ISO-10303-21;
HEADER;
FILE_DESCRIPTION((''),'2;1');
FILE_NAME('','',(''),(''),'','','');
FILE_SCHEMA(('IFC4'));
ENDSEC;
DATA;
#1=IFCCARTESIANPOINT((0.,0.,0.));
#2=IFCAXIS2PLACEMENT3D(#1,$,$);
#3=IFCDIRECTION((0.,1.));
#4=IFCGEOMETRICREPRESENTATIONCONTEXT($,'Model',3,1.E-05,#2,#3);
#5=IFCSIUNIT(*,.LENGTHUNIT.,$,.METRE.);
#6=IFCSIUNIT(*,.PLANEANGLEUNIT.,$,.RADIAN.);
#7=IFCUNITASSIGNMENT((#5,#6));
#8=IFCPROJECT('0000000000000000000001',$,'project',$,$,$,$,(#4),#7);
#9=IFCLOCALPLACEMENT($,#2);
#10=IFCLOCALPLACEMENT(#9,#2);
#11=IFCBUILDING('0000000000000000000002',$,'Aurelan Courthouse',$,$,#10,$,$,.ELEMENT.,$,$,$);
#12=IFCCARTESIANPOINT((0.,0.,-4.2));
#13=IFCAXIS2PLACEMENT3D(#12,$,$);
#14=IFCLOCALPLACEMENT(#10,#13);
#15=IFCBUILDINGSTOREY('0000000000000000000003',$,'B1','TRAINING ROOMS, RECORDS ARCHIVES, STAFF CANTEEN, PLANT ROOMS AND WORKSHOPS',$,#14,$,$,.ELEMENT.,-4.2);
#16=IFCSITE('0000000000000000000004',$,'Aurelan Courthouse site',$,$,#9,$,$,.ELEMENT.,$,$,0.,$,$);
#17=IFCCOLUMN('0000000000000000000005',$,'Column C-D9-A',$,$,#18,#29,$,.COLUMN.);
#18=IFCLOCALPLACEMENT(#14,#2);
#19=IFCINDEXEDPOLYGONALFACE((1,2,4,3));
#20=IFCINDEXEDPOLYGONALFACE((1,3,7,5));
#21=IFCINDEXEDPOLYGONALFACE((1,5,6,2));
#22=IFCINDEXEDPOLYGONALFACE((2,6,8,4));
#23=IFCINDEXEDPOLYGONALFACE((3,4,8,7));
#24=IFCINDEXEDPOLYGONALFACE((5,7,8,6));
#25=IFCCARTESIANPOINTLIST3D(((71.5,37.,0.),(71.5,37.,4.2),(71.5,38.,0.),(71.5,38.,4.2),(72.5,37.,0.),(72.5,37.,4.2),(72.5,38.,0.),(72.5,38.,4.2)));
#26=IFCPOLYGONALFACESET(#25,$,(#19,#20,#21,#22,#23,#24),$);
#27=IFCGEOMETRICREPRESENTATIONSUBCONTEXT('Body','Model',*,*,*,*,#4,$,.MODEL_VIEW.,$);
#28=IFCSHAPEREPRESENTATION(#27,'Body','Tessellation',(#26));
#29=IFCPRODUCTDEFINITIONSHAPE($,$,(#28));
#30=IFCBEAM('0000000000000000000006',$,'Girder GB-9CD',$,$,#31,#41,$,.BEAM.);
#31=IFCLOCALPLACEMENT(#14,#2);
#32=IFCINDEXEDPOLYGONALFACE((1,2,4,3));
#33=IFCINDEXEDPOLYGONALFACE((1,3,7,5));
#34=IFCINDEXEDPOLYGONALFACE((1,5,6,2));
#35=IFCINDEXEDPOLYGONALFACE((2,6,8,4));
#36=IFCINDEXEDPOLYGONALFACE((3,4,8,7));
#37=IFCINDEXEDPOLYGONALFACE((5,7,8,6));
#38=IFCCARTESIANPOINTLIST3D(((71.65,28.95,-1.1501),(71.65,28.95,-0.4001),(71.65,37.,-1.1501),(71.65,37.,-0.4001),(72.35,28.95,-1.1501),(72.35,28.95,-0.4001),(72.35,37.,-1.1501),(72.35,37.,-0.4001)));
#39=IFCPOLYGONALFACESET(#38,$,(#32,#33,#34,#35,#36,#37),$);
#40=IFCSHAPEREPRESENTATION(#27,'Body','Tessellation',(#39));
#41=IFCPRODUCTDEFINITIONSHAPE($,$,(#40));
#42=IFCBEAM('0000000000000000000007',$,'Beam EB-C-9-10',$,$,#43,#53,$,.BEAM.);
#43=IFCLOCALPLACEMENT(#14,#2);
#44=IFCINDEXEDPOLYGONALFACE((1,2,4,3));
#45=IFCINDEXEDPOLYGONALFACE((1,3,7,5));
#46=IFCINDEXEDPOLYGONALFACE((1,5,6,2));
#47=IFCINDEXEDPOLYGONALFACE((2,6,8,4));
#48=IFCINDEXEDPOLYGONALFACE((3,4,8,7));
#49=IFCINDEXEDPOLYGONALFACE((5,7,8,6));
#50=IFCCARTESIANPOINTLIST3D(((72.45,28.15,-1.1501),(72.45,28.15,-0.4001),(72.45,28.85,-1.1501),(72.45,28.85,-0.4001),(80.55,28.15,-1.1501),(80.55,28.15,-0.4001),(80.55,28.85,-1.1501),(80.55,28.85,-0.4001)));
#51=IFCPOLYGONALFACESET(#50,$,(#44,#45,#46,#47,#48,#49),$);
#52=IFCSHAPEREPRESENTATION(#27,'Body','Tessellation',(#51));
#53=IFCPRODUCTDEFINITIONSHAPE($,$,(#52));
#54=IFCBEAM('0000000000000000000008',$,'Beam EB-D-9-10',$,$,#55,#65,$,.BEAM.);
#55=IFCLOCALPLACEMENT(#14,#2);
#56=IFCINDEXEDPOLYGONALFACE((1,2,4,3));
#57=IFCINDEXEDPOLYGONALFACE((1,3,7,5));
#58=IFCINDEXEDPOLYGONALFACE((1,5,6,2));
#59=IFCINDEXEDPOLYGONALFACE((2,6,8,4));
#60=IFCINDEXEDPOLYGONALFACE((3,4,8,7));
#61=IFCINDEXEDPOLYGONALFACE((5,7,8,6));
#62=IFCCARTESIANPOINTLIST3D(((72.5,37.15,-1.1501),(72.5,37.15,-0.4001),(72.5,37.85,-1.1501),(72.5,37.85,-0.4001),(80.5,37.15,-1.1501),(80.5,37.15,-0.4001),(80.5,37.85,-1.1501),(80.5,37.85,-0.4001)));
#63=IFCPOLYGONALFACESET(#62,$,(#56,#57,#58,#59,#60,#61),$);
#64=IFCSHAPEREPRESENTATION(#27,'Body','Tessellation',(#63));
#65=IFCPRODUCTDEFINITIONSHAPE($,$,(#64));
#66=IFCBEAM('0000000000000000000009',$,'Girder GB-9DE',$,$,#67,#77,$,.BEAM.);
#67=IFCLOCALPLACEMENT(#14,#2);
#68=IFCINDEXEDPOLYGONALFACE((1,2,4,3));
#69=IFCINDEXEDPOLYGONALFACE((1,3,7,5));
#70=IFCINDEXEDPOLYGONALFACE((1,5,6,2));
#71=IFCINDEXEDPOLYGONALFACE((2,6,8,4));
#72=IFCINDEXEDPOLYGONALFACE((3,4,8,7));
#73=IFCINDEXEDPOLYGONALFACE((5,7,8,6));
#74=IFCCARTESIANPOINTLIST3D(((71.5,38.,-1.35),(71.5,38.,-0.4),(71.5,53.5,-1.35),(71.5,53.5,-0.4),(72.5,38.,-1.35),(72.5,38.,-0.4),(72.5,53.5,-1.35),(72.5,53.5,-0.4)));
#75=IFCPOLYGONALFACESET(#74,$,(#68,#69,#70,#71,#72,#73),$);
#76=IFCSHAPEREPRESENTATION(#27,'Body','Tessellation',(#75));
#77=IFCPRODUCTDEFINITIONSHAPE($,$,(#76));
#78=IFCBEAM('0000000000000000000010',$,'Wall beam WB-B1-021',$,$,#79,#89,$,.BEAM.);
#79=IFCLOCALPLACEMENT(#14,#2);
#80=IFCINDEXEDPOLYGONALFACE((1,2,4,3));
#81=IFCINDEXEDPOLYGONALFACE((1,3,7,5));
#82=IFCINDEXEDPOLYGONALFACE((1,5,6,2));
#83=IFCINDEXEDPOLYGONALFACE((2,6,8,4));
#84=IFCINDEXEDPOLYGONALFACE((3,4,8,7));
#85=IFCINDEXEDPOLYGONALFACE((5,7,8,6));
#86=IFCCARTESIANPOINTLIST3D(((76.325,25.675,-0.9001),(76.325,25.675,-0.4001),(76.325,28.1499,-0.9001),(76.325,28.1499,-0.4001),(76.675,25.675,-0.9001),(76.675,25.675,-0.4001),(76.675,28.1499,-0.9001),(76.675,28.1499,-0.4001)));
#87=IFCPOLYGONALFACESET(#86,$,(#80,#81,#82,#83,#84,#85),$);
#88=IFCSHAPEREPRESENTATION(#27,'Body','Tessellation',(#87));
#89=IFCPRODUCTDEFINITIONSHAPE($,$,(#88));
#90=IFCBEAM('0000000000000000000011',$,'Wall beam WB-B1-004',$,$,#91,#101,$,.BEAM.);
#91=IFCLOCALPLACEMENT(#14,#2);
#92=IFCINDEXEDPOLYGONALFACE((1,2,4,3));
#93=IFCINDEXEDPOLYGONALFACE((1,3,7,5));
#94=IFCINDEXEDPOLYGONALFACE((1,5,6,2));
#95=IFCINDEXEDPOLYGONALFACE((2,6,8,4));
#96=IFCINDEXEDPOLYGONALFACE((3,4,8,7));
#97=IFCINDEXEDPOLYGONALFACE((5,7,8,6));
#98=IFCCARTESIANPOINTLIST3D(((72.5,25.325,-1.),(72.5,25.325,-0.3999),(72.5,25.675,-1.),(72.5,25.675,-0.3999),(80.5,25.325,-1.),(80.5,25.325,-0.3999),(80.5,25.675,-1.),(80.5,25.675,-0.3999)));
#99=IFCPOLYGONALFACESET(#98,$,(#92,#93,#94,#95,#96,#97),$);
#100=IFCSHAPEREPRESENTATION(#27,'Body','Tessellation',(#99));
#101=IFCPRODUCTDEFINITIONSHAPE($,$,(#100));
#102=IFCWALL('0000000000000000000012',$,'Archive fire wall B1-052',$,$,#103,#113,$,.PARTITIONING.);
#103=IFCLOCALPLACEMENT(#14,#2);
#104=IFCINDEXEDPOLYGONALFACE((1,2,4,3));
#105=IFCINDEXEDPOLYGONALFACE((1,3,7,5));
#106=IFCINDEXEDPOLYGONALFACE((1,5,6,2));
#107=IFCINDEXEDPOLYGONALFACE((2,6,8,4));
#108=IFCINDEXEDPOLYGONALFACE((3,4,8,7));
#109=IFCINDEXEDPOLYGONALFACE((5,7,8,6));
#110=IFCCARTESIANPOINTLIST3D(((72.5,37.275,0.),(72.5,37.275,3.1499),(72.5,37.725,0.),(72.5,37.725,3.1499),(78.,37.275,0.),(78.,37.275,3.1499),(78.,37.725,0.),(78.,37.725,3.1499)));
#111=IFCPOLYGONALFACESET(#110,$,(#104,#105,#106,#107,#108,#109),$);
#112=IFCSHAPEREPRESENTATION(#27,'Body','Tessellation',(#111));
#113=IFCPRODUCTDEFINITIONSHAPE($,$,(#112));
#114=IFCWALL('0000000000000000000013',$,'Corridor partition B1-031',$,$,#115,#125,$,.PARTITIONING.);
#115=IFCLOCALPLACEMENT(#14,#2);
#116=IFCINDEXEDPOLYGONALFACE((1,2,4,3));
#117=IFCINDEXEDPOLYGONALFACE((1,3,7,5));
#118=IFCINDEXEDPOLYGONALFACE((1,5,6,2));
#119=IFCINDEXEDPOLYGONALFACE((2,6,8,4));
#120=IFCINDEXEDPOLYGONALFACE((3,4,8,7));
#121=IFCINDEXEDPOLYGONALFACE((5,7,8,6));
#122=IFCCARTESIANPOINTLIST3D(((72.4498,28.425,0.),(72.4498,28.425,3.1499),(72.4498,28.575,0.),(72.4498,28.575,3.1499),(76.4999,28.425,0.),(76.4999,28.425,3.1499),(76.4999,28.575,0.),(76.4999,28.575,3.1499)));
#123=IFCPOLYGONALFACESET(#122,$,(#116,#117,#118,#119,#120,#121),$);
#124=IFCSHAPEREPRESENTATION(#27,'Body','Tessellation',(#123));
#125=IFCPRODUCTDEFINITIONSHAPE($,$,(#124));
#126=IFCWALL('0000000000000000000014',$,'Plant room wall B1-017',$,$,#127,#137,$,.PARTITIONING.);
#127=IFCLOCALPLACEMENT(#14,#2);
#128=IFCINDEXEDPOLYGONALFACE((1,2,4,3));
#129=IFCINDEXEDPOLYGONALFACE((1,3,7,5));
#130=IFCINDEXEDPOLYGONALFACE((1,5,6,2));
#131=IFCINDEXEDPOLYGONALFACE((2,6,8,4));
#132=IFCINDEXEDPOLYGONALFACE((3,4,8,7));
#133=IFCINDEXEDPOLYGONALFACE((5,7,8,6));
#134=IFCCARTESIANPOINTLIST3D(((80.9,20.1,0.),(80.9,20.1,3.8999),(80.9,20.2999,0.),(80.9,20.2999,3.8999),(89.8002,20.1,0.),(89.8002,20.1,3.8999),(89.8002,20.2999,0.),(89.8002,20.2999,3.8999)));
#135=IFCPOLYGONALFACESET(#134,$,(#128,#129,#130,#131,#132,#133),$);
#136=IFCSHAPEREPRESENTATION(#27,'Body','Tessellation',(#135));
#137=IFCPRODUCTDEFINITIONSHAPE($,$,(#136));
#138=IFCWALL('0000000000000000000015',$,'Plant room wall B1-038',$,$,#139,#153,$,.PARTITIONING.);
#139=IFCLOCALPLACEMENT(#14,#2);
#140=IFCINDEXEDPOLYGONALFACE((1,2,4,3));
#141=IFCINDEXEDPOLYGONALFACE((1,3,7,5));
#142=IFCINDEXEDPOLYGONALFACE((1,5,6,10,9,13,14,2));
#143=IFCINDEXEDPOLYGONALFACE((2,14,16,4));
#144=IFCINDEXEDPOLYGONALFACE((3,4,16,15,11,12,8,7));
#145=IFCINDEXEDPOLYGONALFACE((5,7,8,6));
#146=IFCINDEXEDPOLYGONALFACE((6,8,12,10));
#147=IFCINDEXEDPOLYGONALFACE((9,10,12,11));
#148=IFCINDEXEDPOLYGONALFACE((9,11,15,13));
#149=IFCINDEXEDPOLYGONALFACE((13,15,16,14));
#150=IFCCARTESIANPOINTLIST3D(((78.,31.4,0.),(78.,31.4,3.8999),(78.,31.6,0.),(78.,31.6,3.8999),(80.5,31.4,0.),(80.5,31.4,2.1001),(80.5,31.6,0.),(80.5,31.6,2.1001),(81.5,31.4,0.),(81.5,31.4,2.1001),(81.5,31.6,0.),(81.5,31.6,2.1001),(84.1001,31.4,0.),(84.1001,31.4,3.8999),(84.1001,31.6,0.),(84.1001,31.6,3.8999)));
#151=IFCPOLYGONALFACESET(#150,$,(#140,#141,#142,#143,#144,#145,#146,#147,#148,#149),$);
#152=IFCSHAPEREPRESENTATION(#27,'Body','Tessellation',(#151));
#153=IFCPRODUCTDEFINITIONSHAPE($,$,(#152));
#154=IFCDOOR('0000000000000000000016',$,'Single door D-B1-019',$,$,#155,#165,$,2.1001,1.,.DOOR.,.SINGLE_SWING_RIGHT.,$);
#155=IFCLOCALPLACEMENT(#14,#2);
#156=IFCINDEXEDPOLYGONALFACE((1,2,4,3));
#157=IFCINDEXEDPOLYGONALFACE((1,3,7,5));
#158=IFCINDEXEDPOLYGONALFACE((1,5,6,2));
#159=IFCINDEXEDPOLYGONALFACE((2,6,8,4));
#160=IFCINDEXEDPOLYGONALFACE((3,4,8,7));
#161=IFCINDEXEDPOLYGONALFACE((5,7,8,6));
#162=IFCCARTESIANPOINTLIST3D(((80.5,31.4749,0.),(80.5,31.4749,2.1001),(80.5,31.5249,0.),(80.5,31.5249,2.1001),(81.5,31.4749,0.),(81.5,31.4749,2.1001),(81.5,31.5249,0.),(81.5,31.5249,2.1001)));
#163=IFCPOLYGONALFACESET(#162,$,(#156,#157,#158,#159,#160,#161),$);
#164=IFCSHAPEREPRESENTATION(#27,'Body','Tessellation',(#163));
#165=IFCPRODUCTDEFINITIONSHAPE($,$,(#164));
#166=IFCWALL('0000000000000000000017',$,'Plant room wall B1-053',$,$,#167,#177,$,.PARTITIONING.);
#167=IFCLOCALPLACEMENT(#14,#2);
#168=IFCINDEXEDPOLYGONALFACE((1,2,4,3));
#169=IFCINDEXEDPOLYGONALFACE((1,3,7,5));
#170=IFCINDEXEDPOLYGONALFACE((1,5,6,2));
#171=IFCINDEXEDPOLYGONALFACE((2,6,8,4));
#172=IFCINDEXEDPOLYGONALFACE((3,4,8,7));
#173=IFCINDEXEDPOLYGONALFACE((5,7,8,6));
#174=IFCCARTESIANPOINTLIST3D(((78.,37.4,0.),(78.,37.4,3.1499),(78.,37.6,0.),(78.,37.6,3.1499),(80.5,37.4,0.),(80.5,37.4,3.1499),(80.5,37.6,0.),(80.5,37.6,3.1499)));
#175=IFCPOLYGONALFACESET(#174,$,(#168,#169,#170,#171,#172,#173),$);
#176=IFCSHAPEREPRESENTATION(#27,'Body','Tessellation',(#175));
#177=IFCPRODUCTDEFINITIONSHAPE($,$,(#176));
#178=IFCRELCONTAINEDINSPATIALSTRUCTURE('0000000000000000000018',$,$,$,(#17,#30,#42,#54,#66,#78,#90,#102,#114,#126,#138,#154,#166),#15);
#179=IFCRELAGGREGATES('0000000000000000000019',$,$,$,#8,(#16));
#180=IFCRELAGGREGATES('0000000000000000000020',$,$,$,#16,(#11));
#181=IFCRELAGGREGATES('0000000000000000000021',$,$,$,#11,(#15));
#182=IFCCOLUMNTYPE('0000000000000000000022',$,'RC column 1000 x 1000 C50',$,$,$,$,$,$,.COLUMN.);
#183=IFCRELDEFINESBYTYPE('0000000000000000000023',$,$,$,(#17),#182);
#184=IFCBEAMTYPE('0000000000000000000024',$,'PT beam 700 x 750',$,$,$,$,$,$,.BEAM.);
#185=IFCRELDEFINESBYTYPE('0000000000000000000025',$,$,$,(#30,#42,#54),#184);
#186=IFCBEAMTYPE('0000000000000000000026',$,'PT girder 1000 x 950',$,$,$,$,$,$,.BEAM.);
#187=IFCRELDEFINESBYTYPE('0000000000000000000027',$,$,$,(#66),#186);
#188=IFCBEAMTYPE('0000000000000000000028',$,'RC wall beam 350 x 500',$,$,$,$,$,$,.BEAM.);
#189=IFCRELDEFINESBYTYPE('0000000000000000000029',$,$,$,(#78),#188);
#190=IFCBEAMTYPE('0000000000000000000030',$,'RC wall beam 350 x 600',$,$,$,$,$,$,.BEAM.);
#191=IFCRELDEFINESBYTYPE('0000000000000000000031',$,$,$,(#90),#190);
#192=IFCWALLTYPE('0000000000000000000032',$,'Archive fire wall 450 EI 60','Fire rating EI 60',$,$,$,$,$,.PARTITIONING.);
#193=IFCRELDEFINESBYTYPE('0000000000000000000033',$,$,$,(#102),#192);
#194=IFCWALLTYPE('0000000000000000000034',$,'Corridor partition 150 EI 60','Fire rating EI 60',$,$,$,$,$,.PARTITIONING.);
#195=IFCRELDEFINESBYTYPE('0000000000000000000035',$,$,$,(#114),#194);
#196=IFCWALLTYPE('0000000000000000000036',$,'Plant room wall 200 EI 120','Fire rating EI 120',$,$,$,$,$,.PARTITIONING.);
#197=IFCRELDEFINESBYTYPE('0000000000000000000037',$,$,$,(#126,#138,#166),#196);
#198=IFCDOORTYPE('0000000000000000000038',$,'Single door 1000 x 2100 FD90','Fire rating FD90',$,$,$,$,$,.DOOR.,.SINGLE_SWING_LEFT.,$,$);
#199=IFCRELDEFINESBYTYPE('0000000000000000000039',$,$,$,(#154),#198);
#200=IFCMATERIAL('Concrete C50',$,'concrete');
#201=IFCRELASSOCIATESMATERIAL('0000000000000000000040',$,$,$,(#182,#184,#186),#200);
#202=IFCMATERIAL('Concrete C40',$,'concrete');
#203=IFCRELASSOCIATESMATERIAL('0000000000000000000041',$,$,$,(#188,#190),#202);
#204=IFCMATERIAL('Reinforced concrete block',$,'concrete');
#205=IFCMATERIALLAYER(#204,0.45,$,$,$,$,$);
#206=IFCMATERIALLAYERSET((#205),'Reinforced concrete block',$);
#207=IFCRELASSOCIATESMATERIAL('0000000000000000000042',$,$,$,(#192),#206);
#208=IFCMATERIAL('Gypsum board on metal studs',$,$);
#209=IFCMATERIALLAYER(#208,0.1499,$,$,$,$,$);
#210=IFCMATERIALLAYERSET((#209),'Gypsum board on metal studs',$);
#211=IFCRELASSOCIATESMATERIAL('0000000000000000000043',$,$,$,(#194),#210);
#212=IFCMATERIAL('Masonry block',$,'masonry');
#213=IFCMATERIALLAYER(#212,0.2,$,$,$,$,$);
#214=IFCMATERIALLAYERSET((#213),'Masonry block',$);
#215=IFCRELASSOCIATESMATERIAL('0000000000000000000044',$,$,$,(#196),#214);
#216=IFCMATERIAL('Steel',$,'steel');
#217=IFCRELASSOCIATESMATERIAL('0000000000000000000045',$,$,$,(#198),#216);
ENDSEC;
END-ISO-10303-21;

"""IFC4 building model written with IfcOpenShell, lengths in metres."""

from ifc_helpers import new_model, si_unit, direction, frame, frame_2d, origin, origin_2d, place, context, subcontext, project, spatial, rectangle, extrude, material, layer, layer_set, material_profile, profile_set, type_object, element, fill, save


model = new_model("IFC4")

# Units and contexts
model_context = context("Model", 3, precision=1e-05, world=origin(), true_north=direction((0.0, 1.0)))
body_context = subcontext(model_context, "Body", "Model", "MODEL_VIEW")
ifc_project = project(units=[si_unit("LENGTHUNIT", "METRE"), si_unit("PLANEANGLEUNIT", "RADIAN")], contexts=[model_context])

# Site, building, storey
site_placement = place(None, origin())
site = spatial("IfcSite", under=ifc_project, at=site_placement, Name="Aurelan Courthouse site", CompositionType="ELEMENT", RefElevation=0.0)
building_placement = place(site_placement, origin())
building = spatial("IfcBuilding", under=site, at=building_placement, Name="Aurelan Courthouse", CompositionType="ELEMENT")
storey_placement = place(building_placement, frame((0.0, 0.0, -4.2)))
storey = spatial("IfcBuildingStorey", under=building, at=storey_placement, Name="B1", Description="TRAINING ROOMS, RECORDS ARCHIVES, STAFF CANTEEN, PLANT ROOMS AND WORKSHOPS", CompositionType="ELEMENT", Elevation=-4.2)

# Column
ifc_material_1 = material(Name="Concrete C50", Category="concrete")
ifc_material_profile_1 = material_profile(ifc_material_1, rectangle(XDim=1.0, YDim=1.0, at=origin_2d()), Name="RC 1000 x 1000")
ifc_profile_set_1 = profile_set([ifc_material_profile_1], Name="Concrete C50")
column_type = type_object("IfcColumnType", Name="RC column 1000 x 1000 C50", PredefinedType="COLUMN", material=ifc_profile_set_1)
column_placement = place(storey_placement, frame((72.0, 37.5, 0.0), z_axis=(0.0, 0.0, 1.0), x_axis=(1.0, 0.0, 0.0)))
element("IfcColumn", 1, at=column_placement, inside=storey, type_object=column_type, Name="Column C-D9-A", PredefinedType="COLUMN", context=body_context, shape_type="SweptSolid", body=[
    extrude(rectangle(XDim=1.0, YDim=1.0, at=origin_2d()), origin(), (0.0, 0.0, 1.0), 4.2),
])

# Beams
ifc_material_profile_2 = material_profile(ifc_material_1, rectangle(XDim=0.7, YDim=0.75, at=origin_2d()), Name="RC 700 x 750")
ifc_profile_set_2 = profile_set([ifc_material_profile_2], Name="Concrete C50")
beam_type_1 = type_object("IfcBeamType", Name="PT beam 700 x 750", PredefinedType="BEAM", material=ifc_profile_set_2)
beam_1_placement = place(storey_placement, frame((72.0, 28.95, -0.7751), z_axis=(0.0, 1.0, 0.0), x_axis=(-1.0, 0.0, 0.0)))
element("IfcBeam", 2, at=beam_1_placement, inside=storey, type_object=beam_type_1, Name="Girder GB-9CD", PredefinedType="BEAM", context=body_context, shape_type="SweptSolid", body=[
    extrude(rectangle(XDim=0.7, YDim=0.75, at=origin_2d()), origin(), (0.0, 0.0, 1.0), 8.05),
])
beam_2_placement = place(storey_placement, frame((72.45, 28.5, -0.7751), z_axis=(1.0, 0.0, 0.0), x_axis=(0.0, 1.0, 0.0)))
element("IfcBeam", 3, at=beam_2_placement, inside=storey, type_object=beam_type_1, Name="Beam EB-C-9-10", PredefinedType="BEAM", context=body_context, shape_type="SweptSolid", body=[
    extrude(rectangle(XDim=0.7, YDim=0.75, at=origin_2d()), origin(), (0.0, 0.0, 1.0), 8.1001),
])
beam_3_placement = place(storey_placement, frame((72.5, 37.5, -0.7751), z_axis=(1.0, 0.0, 0.0), x_axis=(0.0, 1.0, 0.0)))
element("IfcBeam", 4, at=beam_3_placement, inside=storey, type_object=beam_type_1, Name="Beam EB-D-9-10", PredefinedType="BEAM", context=body_context, shape_type="SweptSolid", body=[
    extrude(rectangle(XDim=0.7, YDim=0.75, at=origin_2d()), origin(), (0.0, 0.0, 1.0), 8.0),
])
ifc_material_profile_3 = material_profile(ifc_material_1, rectangle(XDim=1.0, YDim=0.95, at=origin_2d()), Name="RC 1000 x 950")
ifc_profile_set_3 = profile_set([ifc_material_profile_3], Name="Concrete C50")
beam_type_2 = type_object("IfcBeamType", Name="PT girder 1000 x 950", PredefinedType="BEAM", material=ifc_profile_set_3)
beam_4_placement = place(storey_placement, frame((72.0, 38.0, -0.875), z_axis=(0.0, 1.0, 0.0), x_axis=(-1.0, 0.0, 0.0)))
element("IfcBeam", 5, at=beam_4_placement, inside=storey, type_object=beam_type_2, Name="Girder GB-9DE", PredefinedType="BEAM", context=body_context, shape_type="SweptSolid", body=[
    extrude(rectangle(XDim=1.0, YDim=0.95, at=origin_2d()), origin(), (0.0, 0.0, 1.0), 15.5),
])
ifc_material_2 = material(Name="Concrete C40", Category="concrete")
ifc_material_profile_4 = material_profile(ifc_material_2, rectangle(XDim=0.3501, YDim=0.5, at=origin_2d()), Name="RC 350 x 500")
ifc_profile_set_4 = profile_set([ifc_material_profile_4], Name="Concrete C40")
beam_type_3 = type_object("IfcBeamType", Name="RC wall beam 350 x 500", PredefinedType="BEAM", material=ifc_profile_set_4)
beam_5_placement = place(storey_placement, frame((76.5, 25.675, -0.6501), z_axis=(0.0, 1.0, 0.0), x_axis=(-1.0, 0.0, 0.0)))
element("IfcBeam", 6, at=beam_5_placement, inside=storey, type_object=beam_type_3, Name="Wall beam WB-B1-021", PredefinedType="BEAM", context=body_context, shape_type="SweptSolid", body=[
    extrude(rectangle(XDim=0.3501, YDim=0.5, at=origin_2d()), origin(), (0.0, 0.0, 1.0), 2.4749),
])
ifc_material_profile_5 = material_profile(ifc_material_2, rectangle(XDim=0.3501, YDim=0.6001, at=origin_2d()), Name="RC 350 x 600")
ifc_profile_set_5 = profile_set([ifc_material_profile_5], Name="Concrete C40")
beam_type_4 = type_object("IfcBeamType", Name="RC wall beam 350 x 600", PredefinedType="BEAM", material=ifc_profile_set_5)
beam_6_placement = place(storey_placement, frame((72.5, 25.5, -0.7), z_axis=(1.0, 0.0, 0.0), x_axis=(0.0, 1.0, 0.0)))
element("IfcBeam", 7, at=beam_6_placement, inside=storey, type_object=beam_type_4, Name="Wall beam WB-B1-004", PredefinedType="BEAM", context=body_context, shape_type="SweptSolid", body=[
    extrude(rectangle(XDim=0.3501, YDim=0.6001, at=origin_2d()), origin(), (0.0, 0.0, 1.0), 8.0),
])

# Walls
ifc_material_3 = material(Name="Reinforced concrete block", Category="concrete")
ifc_layer_1 = layer(ifc_material_3, 0.45)
ifc_layer_set_1 = layer_set([ifc_layer_1], Name="Reinforced concrete block")
wall_type_1 = type_object("IfcWallType", Name="Archive fire wall 450 EI 60", Description="Fire rating EI 60", PredefinedType="PARTITIONING", material=ifc_layer_set_1)
wall_1_placement = place(storey_placement, frame((72.5, 37.5, 0.0), z_axis=(0.0, 0.0, 1.0), x_axis=(1.0, 0.0, 0.0)))
element("IfcWall", 8, at=wall_1_placement, inside=storey, type_object=wall_type_1, Name="Archive fire wall B1-052", PredefinedType="PARTITIONING", context=body_context, shape_type="SweptSolid", body=[
    extrude(rectangle(XDim=5.5, YDim=0.45, at=frame_2d((2.75, 0.0))), origin(), (0.0, 0.0, 1.0), 3.1499),
])
ifc_material_4 = material(Name="Gypsum board on metal studs")
ifc_layer_2 = layer(ifc_material_4, 0.1499)
ifc_layer_set_2 = layer_set([ifc_layer_2], Name="Gypsum board on metal studs")
wall_type_2 = type_object("IfcWallType", Name="Corridor partition 150 EI 60", Description="Fire rating EI 60", PredefinedType="PARTITIONING", material=ifc_layer_set_2)
wall_2_placement = place(storey_placement, frame((72.45, 28.5, 0.0), z_axis=(0.0, 0.0, 1.0), x_axis=(1.0, 0.0, 0.0)))
element("IfcWall", 9, at=wall_2_placement, inside=storey, type_object=wall_type_2, Name="Corridor partition B1-031", PredefinedType="PARTITIONING", context=body_context, shape_type="SweptSolid", body=[
    extrude(rectangle(XDim=4.05, YDim=0.1499, at=frame_2d((2.0249, 0.0))), origin(), (0.0, 0.0, 1.0), 3.1499),
])
ifc_material_5 = material(Name="Masonry block", Category="masonry")
ifc_layer_3 = layer(ifc_material_5, 0.2)
ifc_layer_set_3 = layer_set([ifc_layer_3], Name="Masonry block")
wall_type_3 = type_object("IfcWallType", Name="Plant room wall 200 EI 120", Description="Fire rating EI 120", PredefinedType="PARTITIONING", material=ifc_layer_set_3)
wall_3_placement = place(storey_placement, frame((80.8999, 20.2, 0.0), z_axis=(0.0, 0.0, 1.0), x_axis=(1.0, 0.0, 0.0)))
element("IfcWall", 10, at=wall_3_placement, inside=storey, type_object=wall_type_3, Name="Plant room wall B1-017", PredefinedType="PARTITIONING", context=body_context, shape_type="SweptSolid", body=[
    extrude(rectangle(XDim=8.9001, YDim=0.2, at=frame_2d((4.4502, 0.0))), origin(), (0.0, 0.0, 1.0), 3.8999),
])

# Wall, opening, door
wall_4_placement = place(storey_placement, frame((78.0, 31.5, 0.0), z_axis=(0.0, 0.0, 1.0), x_axis=(1.0, 0.0, 0.0)))
wall_4 = element("IfcWall", 11, at=wall_4_placement, inside=storey, type_object=wall_type_3, Name="Plant room wall B1-038", PredefinedType="PARTITIONING", context=body_context, shape_type="SweptSolid", body=[
    extrude(rectangle(XDim=6.1001, YDim=0.2, at=frame_2d((3.05, 0.0))), origin(), (0.0, 0.0, 1.0), 3.8999),
])
opening_1_placement = place(wall_4_placement, frame((2.5, 0.0, 0.0)))
opening_1 = element("IfcOpeningElement", 12, at=opening_1_placement, cuts=wall_4, PredefinedType="OPENING", context=body_context, shape_type="SweptSolid", body=[
    extrude(rectangle(XDim=1.0, YDim=2.1001, at=frame_2d((0.5, 1.05))), frame((0.0, 0.1099, 0.0), z_axis=(0.0, -1.0, 0.0), x_axis=(1.0, 0.0, 0.0)), (0.0, 0.0, 1.0), 0.22),
])
ifc_material_6 = material(Name="Steel", Category="steel")
door_type_1 = type_object("IfcDoorType", Name="Single door 1000 x 2100 FD90", Description="Fire rating FD90", OperationType="SINGLE_SWING_LEFT", PredefinedType="DOOR", material=ifc_material_6)
door_1_placement = place(opening_1_placement, origin())
door_1 = element("IfcDoor", 13, at=door_1_placement, inside=storey, type_object=door_type_1, Name="Single door D-B1-019", OperationType="SINGLE_SWING_RIGHT", OverallHeight=2.1001, OverallWidth=1.0, PredefinedType="DOOR", context=body_context, shape_type="SweptSolid", body=[
    extrude(rectangle(XDim=1.0, YDim=2.1001, at=frame_2d((0.5, 1.05))), frame((0.0, 0.0249, 0.0), z_axis=(0.0, -1.0, 0.0), x_axis=(1.0, 0.0, 0.0)), (0.0, 0.0, 1.0), 0.05),
])
fill(opening_1, door_1)

# Wall
wall_5_placement = place(storey_placement, frame((78.0, 37.5, 0.0), z_axis=(0.0, 0.0, 1.0), x_axis=(1.0, 0.0, 0.0)))
element("IfcWall", 14, at=wall_5_placement, inside=storey, type_object=wall_type_3, Name="Plant room wall B1-053", PredefinedType="PARTITIONING", context=body_context, shape_type="SweptSolid", body=[
    extrude(rectangle(XDim=2.5, YDim=0.2, at=frame_2d((1.25, 0.0))), origin(), (0.0, 0.0, 1.0), 3.1499),
])

save(model, "model.ifc")
